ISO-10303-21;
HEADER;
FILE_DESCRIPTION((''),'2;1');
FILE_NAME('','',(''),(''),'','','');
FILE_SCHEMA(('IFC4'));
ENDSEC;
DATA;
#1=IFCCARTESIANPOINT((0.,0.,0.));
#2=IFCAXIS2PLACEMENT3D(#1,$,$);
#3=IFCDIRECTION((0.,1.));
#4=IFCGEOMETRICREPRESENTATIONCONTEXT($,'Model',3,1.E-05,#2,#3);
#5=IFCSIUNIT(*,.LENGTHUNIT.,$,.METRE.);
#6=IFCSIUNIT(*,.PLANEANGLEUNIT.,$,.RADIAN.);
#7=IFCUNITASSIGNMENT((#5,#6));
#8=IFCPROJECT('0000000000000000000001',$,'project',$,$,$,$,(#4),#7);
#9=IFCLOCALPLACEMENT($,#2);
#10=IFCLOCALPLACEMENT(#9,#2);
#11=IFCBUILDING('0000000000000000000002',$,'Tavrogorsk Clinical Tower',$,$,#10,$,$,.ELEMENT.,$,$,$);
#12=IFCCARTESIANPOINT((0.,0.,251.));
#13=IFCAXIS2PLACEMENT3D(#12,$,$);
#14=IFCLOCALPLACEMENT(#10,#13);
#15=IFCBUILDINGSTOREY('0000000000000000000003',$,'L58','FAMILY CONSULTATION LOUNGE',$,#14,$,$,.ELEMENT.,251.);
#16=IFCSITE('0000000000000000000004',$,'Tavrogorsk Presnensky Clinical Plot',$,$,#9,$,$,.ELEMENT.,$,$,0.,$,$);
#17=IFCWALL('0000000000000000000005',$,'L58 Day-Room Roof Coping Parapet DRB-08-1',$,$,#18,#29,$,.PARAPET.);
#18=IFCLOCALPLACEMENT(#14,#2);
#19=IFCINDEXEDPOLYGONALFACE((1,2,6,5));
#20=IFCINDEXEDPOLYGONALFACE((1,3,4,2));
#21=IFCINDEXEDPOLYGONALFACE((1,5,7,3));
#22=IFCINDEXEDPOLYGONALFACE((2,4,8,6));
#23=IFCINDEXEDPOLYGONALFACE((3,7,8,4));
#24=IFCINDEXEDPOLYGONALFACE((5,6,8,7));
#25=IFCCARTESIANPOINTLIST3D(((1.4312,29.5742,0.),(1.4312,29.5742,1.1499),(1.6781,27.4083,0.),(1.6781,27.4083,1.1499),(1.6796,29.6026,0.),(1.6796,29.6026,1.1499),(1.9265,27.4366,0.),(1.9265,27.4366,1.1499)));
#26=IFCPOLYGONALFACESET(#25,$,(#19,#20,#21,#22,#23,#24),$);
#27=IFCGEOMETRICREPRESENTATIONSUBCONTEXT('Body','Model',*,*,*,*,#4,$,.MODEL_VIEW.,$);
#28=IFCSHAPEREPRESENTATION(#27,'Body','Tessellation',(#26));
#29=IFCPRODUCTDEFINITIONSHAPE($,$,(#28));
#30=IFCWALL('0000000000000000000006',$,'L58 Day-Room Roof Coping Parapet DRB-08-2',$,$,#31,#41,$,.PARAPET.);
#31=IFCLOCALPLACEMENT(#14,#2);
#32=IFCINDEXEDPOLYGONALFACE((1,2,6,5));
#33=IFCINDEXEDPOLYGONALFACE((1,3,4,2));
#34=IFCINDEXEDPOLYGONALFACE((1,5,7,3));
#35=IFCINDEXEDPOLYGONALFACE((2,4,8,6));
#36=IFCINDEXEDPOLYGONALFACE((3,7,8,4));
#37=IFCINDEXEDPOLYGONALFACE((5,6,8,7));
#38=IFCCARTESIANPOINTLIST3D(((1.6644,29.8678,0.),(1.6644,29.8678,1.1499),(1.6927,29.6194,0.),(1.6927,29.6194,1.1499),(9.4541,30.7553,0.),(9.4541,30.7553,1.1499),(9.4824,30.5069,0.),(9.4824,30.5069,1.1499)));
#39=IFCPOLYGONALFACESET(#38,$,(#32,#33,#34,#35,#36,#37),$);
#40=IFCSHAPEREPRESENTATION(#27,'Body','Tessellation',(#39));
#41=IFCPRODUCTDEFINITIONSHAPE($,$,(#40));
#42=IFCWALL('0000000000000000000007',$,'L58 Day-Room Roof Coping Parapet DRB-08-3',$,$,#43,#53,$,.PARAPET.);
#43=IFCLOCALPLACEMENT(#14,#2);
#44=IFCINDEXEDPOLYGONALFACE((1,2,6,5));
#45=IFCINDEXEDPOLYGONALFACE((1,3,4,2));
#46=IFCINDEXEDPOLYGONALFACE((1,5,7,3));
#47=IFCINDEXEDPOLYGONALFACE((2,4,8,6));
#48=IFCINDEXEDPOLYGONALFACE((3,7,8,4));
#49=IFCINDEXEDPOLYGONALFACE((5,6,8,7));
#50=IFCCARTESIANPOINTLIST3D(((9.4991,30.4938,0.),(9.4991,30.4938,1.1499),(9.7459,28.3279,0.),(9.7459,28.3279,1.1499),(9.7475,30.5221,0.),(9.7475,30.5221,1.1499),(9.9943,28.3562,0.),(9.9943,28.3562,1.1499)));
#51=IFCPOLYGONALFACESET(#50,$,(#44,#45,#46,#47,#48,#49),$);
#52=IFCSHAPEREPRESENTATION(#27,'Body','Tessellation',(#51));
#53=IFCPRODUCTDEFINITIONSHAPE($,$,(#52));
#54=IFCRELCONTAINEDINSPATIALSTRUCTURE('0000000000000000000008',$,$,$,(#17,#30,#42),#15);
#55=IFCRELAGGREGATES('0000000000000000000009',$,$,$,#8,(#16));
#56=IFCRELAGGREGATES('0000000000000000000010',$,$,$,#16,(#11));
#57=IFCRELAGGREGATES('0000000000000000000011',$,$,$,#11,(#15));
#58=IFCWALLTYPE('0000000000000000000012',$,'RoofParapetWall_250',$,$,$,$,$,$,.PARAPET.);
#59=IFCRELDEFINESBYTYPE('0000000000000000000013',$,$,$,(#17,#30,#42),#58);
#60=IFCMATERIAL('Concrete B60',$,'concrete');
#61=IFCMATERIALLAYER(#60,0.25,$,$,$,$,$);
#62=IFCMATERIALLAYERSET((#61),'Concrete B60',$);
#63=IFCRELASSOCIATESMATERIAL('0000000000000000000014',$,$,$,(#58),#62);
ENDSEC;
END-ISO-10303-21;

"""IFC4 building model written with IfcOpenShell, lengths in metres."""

from ifc_helpers import new_model, si_unit, direction, frame, frame_2d, origin, place, context, subcontext, project, spatial, rectangle, extrude, material, layer, layer_set, type_object, element, save


model = new_model("IFC4")

# Units and contexts
model_context = context("Model", 3, precision=1e-05, world=origin(), true_north=direction((0.0, 1.0)))
body_context = subcontext(model_context, "Body", "Model", "MODEL_VIEW")
ifc_project = project(units=[si_unit("LENGTHUNIT", "METRE"), si_unit("PLANEANGLEUNIT", "RADIAN")], contexts=[model_context])

# Site, building, storey
site_placement = place(None, origin())
site = spatial("IfcSite", under=ifc_project, at=site_placement, Name="Tavrogorsk Presnensky Clinical Plot", CompositionType="ELEMENT", RefElevation=0.0)
building_placement = place(site_placement, origin())
building = spatial("IfcBuilding", under=site, at=building_placement, Name="Tavrogorsk Clinical Tower", CompositionType="ELEMENT")
storey_placement = place(building_placement, frame((0.0, 0.0, 251.0)))
storey = spatial("IfcBuildingStorey", under=building, at=storey_placement, Name="L58", Description="FAMILY CONSULTATION LOUNGE", CompositionType="ELEMENT", Elevation=251.0)

# Walls
ifc_material_1 = material(Name="Concrete B60", Category="concrete")
ifc_layer_1 = layer(ifc_material_1, 0.25)
ifc_layer_set_1 = layer_set([ifc_layer_1], Name="Concrete B60")
wall_type_1 = type_object("IfcWallType", Name="RoofParapetWall_250", PredefinedType="PARAPET", material=ifc_layer_set_1)
wall_1_placement = place(storey_placement, frame((1.8022, 27.4226, 0.0), z_axis=(0.0, 0.0, 1.0), x_axis=(-0.113221, 0.99357, 0.0)))
element("IfcWall", 1, at=wall_1_placement, inside=storey, type_object=wall_type_1, Name="L58 Day-Room Roof Coping Parapet DRB-08-1", PredefinedType="PARAPET", context=body_context, shape_type="SweptSolid", body=[
    extrude(rectangle(XDim=2.1799, YDim=0.25, at=frame_2d((1.0898, 0.0))), origin(), (0.0, 0.0, 1.0), 1.1499),
])
wall_2_placement = place(storey_placement, frame((1.6787, 29.7437, 0.0), z_axis=(0.0, 0.0, 1.0), x_axis=(0.993573, 0.113193, 0.0)))
element("IfcWall", 2, at=wall_2_placement, inside=storey, type_object=wall_type_1, Name="L58 Day-Room Roof Coping Parapet DRB-08-2", PredefinedType="PARAPET", context=body_context, shape_type="SweptSolid", body=[
    extrude(rectangle(XDim=7.8401, YDim=0.25, at=frame_2d((3.9199, 0.0))), origin(), (0.0, 0.0, 1.0), 1.1499),
])
wall_3_placement = place(storey_placement, frame((9.6233, 30.5078, 0.0), z_axis=(0.0, 0.0, 1.0), x_axis=(0.113221, -0.99357, 0.0)))
element("IfcWall", 3, at=wall_3_placement, inside=storey, type_object=wall_type_1, Name="L58 Day-Room Roof Coping Parapet DRB-08-3", PredefinedType="PARAPET", context=body_context, shape_type="SweptSolid", body=[
    extrude(rectangle(XDim=2.1799, YDim=0.25, at=frame_2d((1.0898, 0.0))), origin(), (0.0, 0.0, 1.0), 1.1499),
])

save(model, "model.ifc")
